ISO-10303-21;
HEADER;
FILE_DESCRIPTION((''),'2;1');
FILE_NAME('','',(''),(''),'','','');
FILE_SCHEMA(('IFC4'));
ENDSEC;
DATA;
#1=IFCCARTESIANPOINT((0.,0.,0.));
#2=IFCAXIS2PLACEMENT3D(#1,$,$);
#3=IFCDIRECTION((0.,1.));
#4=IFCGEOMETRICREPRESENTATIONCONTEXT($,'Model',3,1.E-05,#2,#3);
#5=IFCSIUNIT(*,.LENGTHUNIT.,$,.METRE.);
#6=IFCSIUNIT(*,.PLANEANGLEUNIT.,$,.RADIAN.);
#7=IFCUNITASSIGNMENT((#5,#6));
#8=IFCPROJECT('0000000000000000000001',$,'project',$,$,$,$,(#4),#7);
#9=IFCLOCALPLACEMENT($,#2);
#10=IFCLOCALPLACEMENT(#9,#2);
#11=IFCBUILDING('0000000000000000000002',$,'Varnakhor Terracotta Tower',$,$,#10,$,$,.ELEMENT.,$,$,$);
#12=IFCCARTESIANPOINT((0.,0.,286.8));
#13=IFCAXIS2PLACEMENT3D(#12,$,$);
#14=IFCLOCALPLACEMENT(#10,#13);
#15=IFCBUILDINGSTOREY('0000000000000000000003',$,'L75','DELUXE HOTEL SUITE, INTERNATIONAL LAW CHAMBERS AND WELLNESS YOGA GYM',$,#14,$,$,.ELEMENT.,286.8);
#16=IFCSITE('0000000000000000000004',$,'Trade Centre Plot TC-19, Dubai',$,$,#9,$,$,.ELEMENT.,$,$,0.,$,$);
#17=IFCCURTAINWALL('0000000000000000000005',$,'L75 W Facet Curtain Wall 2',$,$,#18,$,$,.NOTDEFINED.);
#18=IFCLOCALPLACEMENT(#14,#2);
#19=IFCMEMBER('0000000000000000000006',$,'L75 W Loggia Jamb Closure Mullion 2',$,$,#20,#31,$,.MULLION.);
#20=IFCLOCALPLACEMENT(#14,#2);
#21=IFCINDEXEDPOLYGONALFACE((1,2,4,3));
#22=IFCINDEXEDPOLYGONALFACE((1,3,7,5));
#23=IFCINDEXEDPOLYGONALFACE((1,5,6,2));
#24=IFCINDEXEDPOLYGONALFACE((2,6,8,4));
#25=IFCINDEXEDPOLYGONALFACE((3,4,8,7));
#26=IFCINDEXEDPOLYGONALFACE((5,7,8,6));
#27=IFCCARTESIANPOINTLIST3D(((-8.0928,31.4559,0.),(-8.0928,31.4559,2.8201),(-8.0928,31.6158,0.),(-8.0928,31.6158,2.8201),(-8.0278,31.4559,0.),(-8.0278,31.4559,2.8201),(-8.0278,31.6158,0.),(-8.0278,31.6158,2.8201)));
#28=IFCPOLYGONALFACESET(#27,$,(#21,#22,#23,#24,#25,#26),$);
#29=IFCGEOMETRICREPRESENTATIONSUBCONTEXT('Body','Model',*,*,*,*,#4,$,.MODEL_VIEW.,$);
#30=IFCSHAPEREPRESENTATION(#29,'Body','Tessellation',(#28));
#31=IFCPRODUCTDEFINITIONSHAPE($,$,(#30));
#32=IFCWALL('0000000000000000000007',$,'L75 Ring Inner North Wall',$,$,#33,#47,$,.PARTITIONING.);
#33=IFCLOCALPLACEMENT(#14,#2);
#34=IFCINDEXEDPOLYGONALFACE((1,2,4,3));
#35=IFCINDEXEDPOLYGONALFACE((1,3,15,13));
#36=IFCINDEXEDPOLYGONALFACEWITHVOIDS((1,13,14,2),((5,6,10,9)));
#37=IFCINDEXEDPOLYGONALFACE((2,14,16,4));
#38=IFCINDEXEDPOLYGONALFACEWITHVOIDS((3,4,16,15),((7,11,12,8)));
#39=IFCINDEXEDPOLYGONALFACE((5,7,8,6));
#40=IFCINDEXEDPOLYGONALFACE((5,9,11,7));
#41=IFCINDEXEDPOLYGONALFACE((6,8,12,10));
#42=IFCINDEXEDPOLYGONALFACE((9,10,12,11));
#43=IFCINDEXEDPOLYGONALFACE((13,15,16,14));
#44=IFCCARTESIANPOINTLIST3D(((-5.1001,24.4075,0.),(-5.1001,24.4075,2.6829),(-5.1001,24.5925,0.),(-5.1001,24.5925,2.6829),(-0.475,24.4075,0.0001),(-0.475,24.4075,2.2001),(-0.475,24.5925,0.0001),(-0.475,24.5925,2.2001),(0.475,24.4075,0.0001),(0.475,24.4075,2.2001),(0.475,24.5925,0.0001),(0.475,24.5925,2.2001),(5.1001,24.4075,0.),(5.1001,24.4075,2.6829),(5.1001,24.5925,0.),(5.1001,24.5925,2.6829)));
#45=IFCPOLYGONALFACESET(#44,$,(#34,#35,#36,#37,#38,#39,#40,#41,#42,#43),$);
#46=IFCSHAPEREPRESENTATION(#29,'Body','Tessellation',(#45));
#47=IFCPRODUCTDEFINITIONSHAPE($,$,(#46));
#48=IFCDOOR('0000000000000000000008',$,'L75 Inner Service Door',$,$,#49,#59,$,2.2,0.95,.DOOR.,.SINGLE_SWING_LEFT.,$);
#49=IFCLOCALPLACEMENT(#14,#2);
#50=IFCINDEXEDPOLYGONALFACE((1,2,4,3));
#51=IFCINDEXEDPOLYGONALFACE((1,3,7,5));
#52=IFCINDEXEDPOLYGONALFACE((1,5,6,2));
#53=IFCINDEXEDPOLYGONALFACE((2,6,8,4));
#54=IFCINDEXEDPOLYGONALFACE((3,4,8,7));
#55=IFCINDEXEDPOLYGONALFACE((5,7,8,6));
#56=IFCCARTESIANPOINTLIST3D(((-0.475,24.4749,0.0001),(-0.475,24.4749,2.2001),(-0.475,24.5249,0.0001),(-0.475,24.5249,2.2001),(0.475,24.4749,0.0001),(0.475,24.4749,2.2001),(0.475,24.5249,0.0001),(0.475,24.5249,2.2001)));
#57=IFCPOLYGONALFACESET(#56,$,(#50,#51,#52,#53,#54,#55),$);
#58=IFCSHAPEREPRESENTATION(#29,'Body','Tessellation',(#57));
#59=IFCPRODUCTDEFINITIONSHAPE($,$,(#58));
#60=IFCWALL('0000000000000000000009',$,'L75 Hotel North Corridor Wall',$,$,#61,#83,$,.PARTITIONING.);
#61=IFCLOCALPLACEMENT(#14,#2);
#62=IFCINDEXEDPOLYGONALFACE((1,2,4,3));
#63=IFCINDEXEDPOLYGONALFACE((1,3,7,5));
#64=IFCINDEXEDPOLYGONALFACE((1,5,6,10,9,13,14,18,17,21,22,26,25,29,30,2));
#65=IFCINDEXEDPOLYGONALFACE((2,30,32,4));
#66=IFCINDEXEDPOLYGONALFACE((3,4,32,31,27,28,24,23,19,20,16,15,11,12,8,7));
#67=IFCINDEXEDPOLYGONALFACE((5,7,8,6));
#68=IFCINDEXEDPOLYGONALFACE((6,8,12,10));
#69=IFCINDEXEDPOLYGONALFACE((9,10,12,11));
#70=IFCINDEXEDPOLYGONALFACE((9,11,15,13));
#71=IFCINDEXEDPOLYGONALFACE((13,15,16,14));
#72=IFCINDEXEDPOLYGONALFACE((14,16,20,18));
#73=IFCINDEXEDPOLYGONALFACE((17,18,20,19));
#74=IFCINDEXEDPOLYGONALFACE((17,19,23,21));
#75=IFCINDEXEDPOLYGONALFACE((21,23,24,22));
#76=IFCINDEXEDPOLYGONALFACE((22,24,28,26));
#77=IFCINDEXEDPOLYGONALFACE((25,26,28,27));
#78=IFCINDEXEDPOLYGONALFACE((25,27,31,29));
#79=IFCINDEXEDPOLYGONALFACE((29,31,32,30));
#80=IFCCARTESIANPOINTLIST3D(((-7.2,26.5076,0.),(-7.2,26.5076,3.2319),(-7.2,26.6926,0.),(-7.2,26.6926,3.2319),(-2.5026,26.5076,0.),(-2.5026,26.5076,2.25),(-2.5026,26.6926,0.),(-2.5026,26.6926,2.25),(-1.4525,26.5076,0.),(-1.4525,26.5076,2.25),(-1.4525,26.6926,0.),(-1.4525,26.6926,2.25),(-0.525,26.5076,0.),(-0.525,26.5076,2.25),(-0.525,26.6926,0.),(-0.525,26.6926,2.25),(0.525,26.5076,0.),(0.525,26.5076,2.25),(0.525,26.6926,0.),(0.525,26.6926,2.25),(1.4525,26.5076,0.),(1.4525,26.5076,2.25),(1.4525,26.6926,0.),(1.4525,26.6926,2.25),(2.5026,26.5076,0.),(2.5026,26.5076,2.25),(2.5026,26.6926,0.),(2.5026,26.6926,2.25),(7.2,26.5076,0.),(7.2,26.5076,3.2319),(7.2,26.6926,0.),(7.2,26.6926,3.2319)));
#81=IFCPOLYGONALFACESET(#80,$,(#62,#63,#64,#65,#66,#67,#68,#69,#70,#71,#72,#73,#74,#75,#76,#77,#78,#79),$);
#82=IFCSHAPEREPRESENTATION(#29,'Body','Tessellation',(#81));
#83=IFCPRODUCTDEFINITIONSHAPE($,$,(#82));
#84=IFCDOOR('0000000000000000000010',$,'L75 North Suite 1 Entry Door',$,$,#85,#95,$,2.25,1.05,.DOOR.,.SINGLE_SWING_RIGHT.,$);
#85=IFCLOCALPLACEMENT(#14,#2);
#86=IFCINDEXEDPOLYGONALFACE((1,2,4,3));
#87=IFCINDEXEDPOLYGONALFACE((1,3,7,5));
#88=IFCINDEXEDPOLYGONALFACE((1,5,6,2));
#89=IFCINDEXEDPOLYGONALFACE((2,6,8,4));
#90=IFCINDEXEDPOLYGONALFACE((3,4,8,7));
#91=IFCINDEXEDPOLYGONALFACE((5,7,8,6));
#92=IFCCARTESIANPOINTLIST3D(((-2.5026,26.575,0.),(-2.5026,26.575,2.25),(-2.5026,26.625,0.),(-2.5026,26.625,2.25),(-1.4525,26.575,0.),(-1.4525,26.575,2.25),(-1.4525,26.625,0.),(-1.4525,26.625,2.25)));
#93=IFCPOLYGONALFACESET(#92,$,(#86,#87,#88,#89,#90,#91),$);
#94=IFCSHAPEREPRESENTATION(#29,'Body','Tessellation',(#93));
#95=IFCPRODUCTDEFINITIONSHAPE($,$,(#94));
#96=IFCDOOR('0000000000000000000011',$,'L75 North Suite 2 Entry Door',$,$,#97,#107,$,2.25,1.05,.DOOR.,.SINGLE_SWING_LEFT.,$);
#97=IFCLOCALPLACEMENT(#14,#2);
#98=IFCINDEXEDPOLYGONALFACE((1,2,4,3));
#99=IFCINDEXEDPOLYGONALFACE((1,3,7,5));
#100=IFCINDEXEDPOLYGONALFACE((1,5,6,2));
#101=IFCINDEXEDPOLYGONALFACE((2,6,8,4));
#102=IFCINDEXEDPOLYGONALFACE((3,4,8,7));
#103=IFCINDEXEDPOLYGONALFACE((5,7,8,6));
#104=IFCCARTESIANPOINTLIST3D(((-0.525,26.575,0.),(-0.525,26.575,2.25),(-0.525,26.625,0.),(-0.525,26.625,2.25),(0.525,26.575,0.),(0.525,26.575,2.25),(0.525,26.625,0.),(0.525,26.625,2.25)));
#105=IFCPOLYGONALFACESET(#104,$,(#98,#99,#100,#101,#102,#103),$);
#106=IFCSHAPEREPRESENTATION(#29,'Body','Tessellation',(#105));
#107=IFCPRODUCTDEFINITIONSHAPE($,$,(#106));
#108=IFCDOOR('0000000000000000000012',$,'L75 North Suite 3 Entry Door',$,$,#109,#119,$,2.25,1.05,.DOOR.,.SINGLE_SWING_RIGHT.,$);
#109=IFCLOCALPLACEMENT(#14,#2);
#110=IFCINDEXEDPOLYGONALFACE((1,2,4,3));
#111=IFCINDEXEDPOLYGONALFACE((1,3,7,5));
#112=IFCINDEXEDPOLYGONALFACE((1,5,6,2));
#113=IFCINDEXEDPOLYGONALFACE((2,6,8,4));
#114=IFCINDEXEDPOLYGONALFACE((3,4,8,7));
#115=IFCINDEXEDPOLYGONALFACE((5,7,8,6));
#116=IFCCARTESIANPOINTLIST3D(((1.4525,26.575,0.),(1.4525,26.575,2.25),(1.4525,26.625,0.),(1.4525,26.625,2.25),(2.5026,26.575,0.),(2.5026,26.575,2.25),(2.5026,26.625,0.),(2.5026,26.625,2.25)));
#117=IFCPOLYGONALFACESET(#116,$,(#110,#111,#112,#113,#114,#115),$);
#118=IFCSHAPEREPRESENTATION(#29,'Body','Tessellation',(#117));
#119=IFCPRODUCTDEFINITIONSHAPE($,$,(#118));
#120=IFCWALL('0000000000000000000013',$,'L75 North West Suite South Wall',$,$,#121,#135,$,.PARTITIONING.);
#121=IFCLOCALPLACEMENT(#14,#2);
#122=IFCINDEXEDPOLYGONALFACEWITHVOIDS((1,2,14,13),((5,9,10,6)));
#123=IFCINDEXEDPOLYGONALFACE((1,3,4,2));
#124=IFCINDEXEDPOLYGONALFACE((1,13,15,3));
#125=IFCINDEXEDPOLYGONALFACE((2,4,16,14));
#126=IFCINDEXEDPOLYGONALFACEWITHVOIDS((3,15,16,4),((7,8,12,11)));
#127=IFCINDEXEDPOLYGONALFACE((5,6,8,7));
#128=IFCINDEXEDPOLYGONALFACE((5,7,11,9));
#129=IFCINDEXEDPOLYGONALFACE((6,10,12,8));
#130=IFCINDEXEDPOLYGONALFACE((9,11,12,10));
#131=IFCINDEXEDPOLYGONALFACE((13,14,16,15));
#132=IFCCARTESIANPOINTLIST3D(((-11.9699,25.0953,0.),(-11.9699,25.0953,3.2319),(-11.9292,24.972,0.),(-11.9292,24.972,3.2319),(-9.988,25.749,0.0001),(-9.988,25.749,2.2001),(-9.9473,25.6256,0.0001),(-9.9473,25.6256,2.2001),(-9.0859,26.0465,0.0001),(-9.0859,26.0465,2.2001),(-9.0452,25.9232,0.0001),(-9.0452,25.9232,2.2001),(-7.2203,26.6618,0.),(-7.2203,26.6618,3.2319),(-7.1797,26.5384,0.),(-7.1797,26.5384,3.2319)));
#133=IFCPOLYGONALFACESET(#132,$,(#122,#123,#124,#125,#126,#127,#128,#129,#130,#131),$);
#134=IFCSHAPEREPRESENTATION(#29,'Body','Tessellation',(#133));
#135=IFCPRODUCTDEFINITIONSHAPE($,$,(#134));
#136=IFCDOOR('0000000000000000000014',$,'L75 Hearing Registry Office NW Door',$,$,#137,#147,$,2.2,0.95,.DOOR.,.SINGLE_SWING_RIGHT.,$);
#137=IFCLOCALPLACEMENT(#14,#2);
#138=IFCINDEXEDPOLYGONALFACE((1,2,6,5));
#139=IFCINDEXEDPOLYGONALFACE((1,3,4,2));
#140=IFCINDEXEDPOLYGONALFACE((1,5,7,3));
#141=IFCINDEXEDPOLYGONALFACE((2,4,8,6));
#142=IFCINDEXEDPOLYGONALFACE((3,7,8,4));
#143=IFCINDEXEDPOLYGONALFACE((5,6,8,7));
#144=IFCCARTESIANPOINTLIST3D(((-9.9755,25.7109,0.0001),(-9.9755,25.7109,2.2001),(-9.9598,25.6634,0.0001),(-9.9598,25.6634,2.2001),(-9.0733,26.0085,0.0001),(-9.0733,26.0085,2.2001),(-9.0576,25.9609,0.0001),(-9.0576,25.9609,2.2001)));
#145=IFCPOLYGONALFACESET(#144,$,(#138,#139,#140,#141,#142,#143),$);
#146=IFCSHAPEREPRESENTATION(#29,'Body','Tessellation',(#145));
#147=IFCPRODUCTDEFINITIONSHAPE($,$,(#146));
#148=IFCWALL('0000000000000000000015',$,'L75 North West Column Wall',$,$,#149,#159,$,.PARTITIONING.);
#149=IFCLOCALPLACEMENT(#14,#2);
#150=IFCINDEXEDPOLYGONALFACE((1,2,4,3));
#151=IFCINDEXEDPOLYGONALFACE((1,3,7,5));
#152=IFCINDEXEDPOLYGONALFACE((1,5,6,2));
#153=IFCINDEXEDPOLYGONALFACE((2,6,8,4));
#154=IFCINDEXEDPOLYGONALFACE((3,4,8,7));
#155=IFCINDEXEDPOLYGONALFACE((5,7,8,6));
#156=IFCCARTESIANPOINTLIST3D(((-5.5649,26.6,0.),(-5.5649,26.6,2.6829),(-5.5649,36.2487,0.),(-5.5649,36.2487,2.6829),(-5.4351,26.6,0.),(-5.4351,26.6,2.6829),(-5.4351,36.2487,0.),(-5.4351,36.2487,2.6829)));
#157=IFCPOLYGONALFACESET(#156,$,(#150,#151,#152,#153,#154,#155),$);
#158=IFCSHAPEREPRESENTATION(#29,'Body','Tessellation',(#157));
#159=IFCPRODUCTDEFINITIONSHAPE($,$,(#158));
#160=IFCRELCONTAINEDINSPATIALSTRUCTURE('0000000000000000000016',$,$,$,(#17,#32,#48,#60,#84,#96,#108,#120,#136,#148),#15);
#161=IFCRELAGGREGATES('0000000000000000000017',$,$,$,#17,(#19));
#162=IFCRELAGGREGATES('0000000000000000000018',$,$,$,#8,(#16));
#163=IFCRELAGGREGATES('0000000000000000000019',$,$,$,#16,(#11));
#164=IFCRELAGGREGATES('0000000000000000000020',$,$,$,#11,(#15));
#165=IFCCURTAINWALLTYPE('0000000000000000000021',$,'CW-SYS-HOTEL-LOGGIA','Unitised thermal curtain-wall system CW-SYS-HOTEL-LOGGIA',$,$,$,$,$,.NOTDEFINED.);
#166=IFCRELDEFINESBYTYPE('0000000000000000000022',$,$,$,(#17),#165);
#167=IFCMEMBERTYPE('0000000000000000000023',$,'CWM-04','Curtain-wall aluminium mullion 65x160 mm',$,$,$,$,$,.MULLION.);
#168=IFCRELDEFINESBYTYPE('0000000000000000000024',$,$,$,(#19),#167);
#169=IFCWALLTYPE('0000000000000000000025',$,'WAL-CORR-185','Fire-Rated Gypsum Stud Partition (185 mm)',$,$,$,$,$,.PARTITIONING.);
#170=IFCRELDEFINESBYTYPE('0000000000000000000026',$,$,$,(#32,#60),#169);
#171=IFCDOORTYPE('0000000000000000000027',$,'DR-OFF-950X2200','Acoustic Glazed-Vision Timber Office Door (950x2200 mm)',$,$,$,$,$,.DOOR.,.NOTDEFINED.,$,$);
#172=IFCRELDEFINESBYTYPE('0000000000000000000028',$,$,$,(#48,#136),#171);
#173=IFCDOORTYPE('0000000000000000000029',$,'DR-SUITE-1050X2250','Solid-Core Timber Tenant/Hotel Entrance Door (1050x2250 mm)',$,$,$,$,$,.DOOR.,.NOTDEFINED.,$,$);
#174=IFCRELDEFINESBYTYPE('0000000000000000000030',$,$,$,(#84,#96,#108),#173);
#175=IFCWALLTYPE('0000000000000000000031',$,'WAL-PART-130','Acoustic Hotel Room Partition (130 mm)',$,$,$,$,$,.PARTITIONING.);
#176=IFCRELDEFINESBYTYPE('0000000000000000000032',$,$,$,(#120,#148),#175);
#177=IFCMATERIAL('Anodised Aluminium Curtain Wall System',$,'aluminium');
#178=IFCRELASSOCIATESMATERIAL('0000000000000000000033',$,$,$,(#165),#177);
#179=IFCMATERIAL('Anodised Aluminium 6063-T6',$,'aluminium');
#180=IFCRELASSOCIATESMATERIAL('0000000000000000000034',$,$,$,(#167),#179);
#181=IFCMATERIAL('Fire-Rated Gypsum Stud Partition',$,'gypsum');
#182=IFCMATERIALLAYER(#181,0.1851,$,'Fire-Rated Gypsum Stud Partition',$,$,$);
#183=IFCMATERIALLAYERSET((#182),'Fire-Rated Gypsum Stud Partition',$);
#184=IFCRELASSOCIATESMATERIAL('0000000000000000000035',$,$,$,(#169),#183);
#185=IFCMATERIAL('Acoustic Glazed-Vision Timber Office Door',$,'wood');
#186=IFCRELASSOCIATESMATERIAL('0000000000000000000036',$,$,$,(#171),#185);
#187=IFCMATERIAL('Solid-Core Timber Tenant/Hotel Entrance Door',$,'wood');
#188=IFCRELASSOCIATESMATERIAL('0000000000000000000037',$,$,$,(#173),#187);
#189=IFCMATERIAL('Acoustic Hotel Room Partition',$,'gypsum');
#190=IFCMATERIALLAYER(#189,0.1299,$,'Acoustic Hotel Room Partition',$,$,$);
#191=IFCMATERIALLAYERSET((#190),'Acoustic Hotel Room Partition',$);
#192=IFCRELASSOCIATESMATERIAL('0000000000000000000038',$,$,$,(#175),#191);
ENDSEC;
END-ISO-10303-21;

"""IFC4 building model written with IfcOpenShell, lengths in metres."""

from ifc_helpers import new_model, si_unit, direction, frame, frame_2d, origin, origin_2d, place, context, subcontext, project, spatial, rectangle, extrude, source, transform, mapped, material, layer, layer_set, material_profile, profile_set, type_object, type_shapes, element, fill, aggregate, save


model = new_model("IFC4")

# Units and contexts
model_context = context("Model", 3, precision=1e-05, world=origin(), true_north=direction((0.0, 1.0)))
body_context = subcontext(model_context, "Body", "Model", "MODEL_VIEW")
ifc_project = project(units=[si_unit("LENGTHUNIT", "METRE"), si_unit("PLANEANGLEUNIT", "RADIAN")], contexts=[model_context])

# Site, building, storey
site_placement = place(None, origin())
site = spatial("IfcSite", under=ifc_project, at=site_placement, Name="Trade Centre Plot TC-19, Dubai", CompositionType="ELEMENT", RefElevation=0.0)
building_placement = place(site_placement, origin())
building = spatial("IfcBuilding", under=site, at=building_placement, Name="Varnakhor Terracotta Tower", CompositionType="ELEMENT")
storey_placement = place(building_placement, frame((0.0, 0.0, 286.8)))
storey = spatial("IfcBuildingStorey", under=building, at=storey_placement, Name="L75", Description="DELUXE HOTEL SUITE, INTERNATIONAL LAW CHAMBERS AND WELLNESS YOGA GYM", CompositionType="ELEMENT", Elevation=286.8)

# Curtain wall, member
ifc_material_1 = material(Name="Anodised Aluminium Curtain Wall System", Category="aluminium")
curtain_wall_type = type_object("IfcCurtainWallType", Name="CW-SYS-HOTEL-LOGGIA", Description="Unitised thermal curtain-wall system CW-SYS-HOTEL-LOGGIA", PredefinedType="NOTDEFINED", material=ifc_material_1)
curtain_wall_placement = place(storey_placement, origin())
curtain_wall = element("IfcCurtainWall", 1, at=curtain_wall_placement, inside=storey, type_object=curtain_wall_type, Name="L75 W Facet Curtain Wall 2", PredefinedType="NOTDEFINED")
ifc_material_2 = material(Name="Anodised Aluminium 6063-T6", Category="aluminium")
ifc_material_profile_1 = material_profile(ifc_material_2, rectangle(XDim=0.0649, YDim=0.1599, at=origin_2d()), Name="ALU MULLION 65x160")
ifc_profile_set_1 = profile_set([ifc_material_profile_1], Name="Anodised Aluminium 6063-T6")
member_type = type_object("IfcMemberType", Name="CWM-04", Description="Curtain-wall aluminium mullion 65x160 mm", PredefinedType="MULLION", material=ifc_profile_set_1)
shared_shape_1 = source(origin(), body_context, "Body", "SweptSolid", [
    extrude(rectangle(XDim=0.0649, YDim=0.1599, at=origin_2d()), origin(), (0.0, 0.0, 1.0), 2.8201),
])
type_shapes(member_type, [shared_shape_1])
member_placement = place(storey_placement, frame((-8.0603, 31.5359, 0.0), z_axis=(0.0, 0.0, 1.0), x_axis=(1.0, 0.0, 0.0)))
member = element("IfcMember", 2, at=member_placement, type_object=member_type, Name="L75 W Loggia Jamb Closure Mullion 2", PredefinedType="MULLION", context=body_context, shape_type="MappedRepresentation", body=[
    mapped(shared_shape_1, transform((0.0, 0.0, 0.0), scale=1.0)),
])
aggregate(curtain_wall, [member])

# Wall, opening, door
ifc_material_3 = material(Name="Fire-Rated Gypsum Stud Partition", Category="gypsum")
ifc_layer_1 = layer(ifc_material_3, 0.1851, Name="Fire-Rated Gypsum Stud Partition")
ifc_layer_set_1 = layer_set([ifc_layer_1], Name="Fire-Rated Gypsum Stud Partition")
wall_type_1 = type_object("IfcWallType", Name="WAL-CORR-185", Description="Fire-Rated Gypsum Stud Partition (185 mm)", PredefinedType="PARTITIONING", material=ifc_layer_set_1)
wall_1_placement = place(storey_placement, frame((-5.1001, 24.5, 0.0), z_axis=(0.0, 0.0, 1.0), x_axis=(1.0, 0.0, 0.0)))
wall_1 = element("IfcWall", 3, at=wall_1_placement, inside=storey, type_object=wall_type_1, Name="L75 Ring Inner North Wall", PredefinedType="PARTITIONING", context=body_context, shape_type="SweptSolid", body=[
    extrude(rectangle(XDim=10.2002, YDim=0.1851, at=frame_2d((5.1001, 0.0))), origin(), (0.0, 0.0, 1.0), 2.6829),
])
opening_1_placement = place(wall_1_placement, frame((4.625, 0.0, 0.0)))
opening_1 = element("IfcOpeningElement", 4, at=opening_1_placement, cuts=wall_1, PredefinedType="OPENING", context=body_context, shape_type="SweptSolid", body=[
    extrude(rectangle(XDim=0.95, YDim=2.2, at=frame_2d((0.4751, 1.1001))), frame((0.0, 0.1025, 0.0), z_axis=(0.0, -1.0, 0.0), x_axis=(1.0, 0.0, 0.0)), (0.0, 0.0, 1.0), 0.2051),
])
ifc_material_4 = material(Name="Acoustic Glazed-Vision Timber Office Door", Category="wood")
door_type_1 = type_object("IfcDoorType", Name="DR-OFF-950X2200", Description="Acoustic Glazed-Vision Timber Office Door (950x2200 mm)", OperationType="NOTDEFINED", PredefinedType="DOOR", material=ifc_material_4)
shared_shape_2 = source(origin(), body_context, "Body", "SweptSolid", [
    extrude(rectangle(XDim=0.95, YDim=2.2, at=frame_2d((0.4751, 1.1001))), frame((0.0, 0.0249, 0.0), z_axis=(0.0, -1.0, 0.0), x_axis=(1.0, 0.0, 0.0)), (0.0, 0.0, 1.0), 0.05),
])
type_shapes(door_type_1, [shared_shape_2])
door_1_placement = place(opening_1_placement, origin())
door_1 = element("IfcDoor", 5, at=door_1_placement, inside=storey, type_object=door_type_1, Name="L75 Inner Service Door", OperationType="SINGLE_SWING_LEFT", OverallHeight=2.2, OverallWidth=0.95, PredefinedType="DOOR", context=body_context, shape_type="MappedRepresentation", body=[
    mapped(shared_shape_2, transform((0.0, 0.0, 0.0), scale=1.0)),
])
fill(opening_1, door_1)

# Wall, openings, doors
wall_2_placement = place(storey_placement, frame((-7.2, 26.6001, 0.0), z_axis=(0.0, 0.0, 1.0), x_axis=(1.0, 0.0, 0.0)))
wall_2 = element("IfcWall", 6, at=wall_2_placement, inside=storey, type_object=wall_type_1, Name="L75 Hotel North Corridor Wall", PredefinedType="PARTITIONING", context=body_context, shape_type="SweptSolid", body=[
    extrude(rectangle(XDim=14.3999, YDim=0.1851, at=frame_2d((7.2, 0.0))), origin(), (0.0, 0.0, 1.0), 3.2319),
])
opening_2_placement = place(wall_2_placement, frame((4.6975, 0.0, 0.0)))
opening_2 = element("IfcOpeningElement", 7, at=opening_2_placement, cuts=wall_2, PredefinedType="OPENING", context=body_context, shape_type="SweptSolid", body=[
    extrude(rectangle(XDim=1.05, YDim=2.25, at=frame_2d((0.5249, 1.125))), frame((0.0, 0.1025, 0.0), z_axis=(0.0, -1.0, 0.0), x_axis=(1.0, 0.0, 0.0)), (0.0, 0.0, 1.0), 0.2051),
])
opening_3_placement = place(wall_2_placement, frame((6.675, 0.0, 0.0)))
opening_3 = element("IfcOpeningElement", 8, at=opening_3_placement, cuts=wall_2, PredefinedType="OPENING", context=body_context, shape_type="SweptSolid", body=[
    extrude(rectangle(XDim=1.05, YDim=2.25, at=frame_2d((0.5249, 1.125))), frame((0.0, 0.1025, 0.0), z_axis=(0.0, -1.0, 0.0), x_axis=(1.0, 0.0, 0.0)), (0.0, 0.0, 1.0), 0.2051),
])
opening_4_placement = place(wall_2_placement, frame((8.6526, 0.0, 0.0)))
opening_4 = element("IfcOpeningElement", 9, at=opening_4_placement, cuts=wall_2, PredefinedType="OPENING", context=body_context, shape_type="SweptSolid", body=[
    extrude(rectangle(XDim=1.05, YDim=2.25, at=frame_2d((0.5249, 1.125))), frame((0.0, 0.1025, 0.0), z_axis=(0.0, -1.0, 0.0), x_axis=(1.0, 0.0, 0.0)), (0.0, 0.0, 1.0), 0.2051),
])
ifc_material_5 = material(Name="Solid-Core Timber Tenant/Hotel Entrance Door", Category="wood")
door_type_2 = type_object("IfcDoorType", Name="DR-SUITE-1050X2250", Description="Solid-Core Timber Tenant/Hotel Entrance Door (1050x2250 mm)", OperationType="NOTDEFINED", PredefinedType="DOOR", material=ifc_material_5)
shared_shape_3 = source(origin(), body_context, "Body", "SweptSolid", [
    extrude(rectangle(XDim=1.05, YDim=2.25, at=frame_2d((0.5249, 1.125))), frame((0.0, 0.0249, 0.0), z_axis=(0.0, -1.0, 0.0), x_axis=(1.0, 0.0, 0.0)), (0.0, 0.0, 1.0), 0.05),
])
type_shapes(door_type_2, [shared_shape_3])
door_2_placement = place(opening_2_placement, origin())
door_2 = element("IfcDoor", 10, at=door_2_placement, inside=storey, type_object=door_type_2, Name="L75 North Suite 1 Entry Door", OperationType="SINGLE_SWING_RIGHT", OverallHeight=2.25, OverallWidth=1.05, PredefinedType="DOOR", context=body_context, shape_type="MappedRepresentation", body=[
    mapped(shared_shape_3, transform((0.0, 0.0, 0.0), scale=1.0)),
])
fill(opening_2, door_2)
door_3_placement = place(opening_3_placement, origin())
door_3 = element("IfcDoor", 11, at=door_3_placement, inside=storey, type_object=door_type_2, Name="L75 North Suite 2 Entry Door", OperationType="SINGLE_SWING_LEFT", OverallHeight=2.25, OverallWidth=1.05, PredefinedType="DOOR", context=body_context, shape_type="MappedRepresentation", body=[
    mapped(shared_shape_3, transform((0.0, 0.0, 0.0), scale=1.0)),
])
fill(opening_3, door_3)
door_4_placement = place(opening_4_placement, origin())
door_4 = element("IfcDoor", 12, at=door_4_placement, inside=storey, type_object=door_type_2, Name="L75 North Suite 3 Entry Door", OperationType="SINGLE_SWING_RIGHT", OverallHeight=2.25, OverallWidth=1.05, PredefinedType="DOOR", context=body_context, shape_type="MappedRepresentation", body=[
    mapped(shared_shape_3, transform((0.0, 0.0, 0.0), scale=1.0)),
])
fill(opening_4, door_4)

# Wall, opening, door
ifc_material_6 = material(Name="Acoustic Hotel Room Partition", Category="gypsum")
ifc_layer_2 = layer(ifc_material_6, 0.1299, Name="Acoustic Hotel Room Partition")
ifc_layer_set_2 = layer_set([ifc_layer_2], Name="Acoustic Hotel Room Partition")
wall_type_2 = type_object("IfcWallType", Name="WAL-PART-130", Description="Acoustic Hotel Room Partition (130 mm)", PredefinedType="PARTITIONING", material=ifc_layer_set_2)
wall_3_placement = place(storey_placement, frame((-11.9495, 25.0337, 0.0), z_axis=(0.0, 0.0, 1.0), x_axis=(0.949684, 0.313209, 0.0)))
wall_3 = element("IfcWall", 13, at=wall_3_placement, inside=storey, type_object=wall_type_2, Name="L75 North West Suite South Wall", PredefinedType="PARTITIONING", context=body_context, shape_type="SweptSolid", body=[
    extrude(rectangle(XDim=5.0012, YDim=0.1299, at=frame_2d((2.5005, 0.0))), origin(), (0.0, 0.0, 1.0), 3.2319),
])
opening_5_placement = place(wall_3_placement, frame((2.0867, 0.0, 0.0)))
opening_5 = element("IfcOpeningElement", 14, at=opening_5_placement, cuts=wall_3, PredefinedType="OPENING", context=body_context, shape_type="SweptSolid", body=[
    extrude(rectangle(XDim=0.95, YDim=2.2, at=frame_2d((0.4751, 1.1001))), frame((0.0, 0.075, 0.0), z_axis=(0.0, -1.0, 0.0), x_axis=(1.0, 0.0, 0.0)), (0.0, 0.0, 1.0), 0.1499),
])
door_5_placement = place(opening_5_placement, origin())
door_5 = element("IfcDoor", 15, at=door_5_placement, inside=storey, type_object=door_type_1, Name="L75 Hearing Registry Office NW Door", OperationType="SINGLE_SWING_RIGHT", OverallHeight=2.2, OverallWidth=0.95, PredefinedType="DOOR", context=body_context, shape_type="MappedRepresentation", body=[
    mapped(shared_shape_2, transform((0.0, 0.0, 0.0), scale=1.0)),
])
fill(opening_5, door_5)

# Wall
wall_4_placement = place(storey_placement, frame((-5.5, 26.6001, 0.0), z_axis=(0.0, 0.0, 1.0), x_axis=(0.0, 1.0, 0.0)))
element("IfcWall", 16, at=wall_4_placement, inside=storey, type_object=wall_type_2, Name="L75 North West Column Wall", PredefinedType="PARTITIONING", context=body_context, shape_type="SweptSolid", body=[
    extrude(rectangle(XDim=9.6487, YDim=0.1299, at=frame_2d((4.8242, 0.0))), origin(), (0.0, 0.0, 1.0), 2.6829),
])

save(model, "model.ifc")
